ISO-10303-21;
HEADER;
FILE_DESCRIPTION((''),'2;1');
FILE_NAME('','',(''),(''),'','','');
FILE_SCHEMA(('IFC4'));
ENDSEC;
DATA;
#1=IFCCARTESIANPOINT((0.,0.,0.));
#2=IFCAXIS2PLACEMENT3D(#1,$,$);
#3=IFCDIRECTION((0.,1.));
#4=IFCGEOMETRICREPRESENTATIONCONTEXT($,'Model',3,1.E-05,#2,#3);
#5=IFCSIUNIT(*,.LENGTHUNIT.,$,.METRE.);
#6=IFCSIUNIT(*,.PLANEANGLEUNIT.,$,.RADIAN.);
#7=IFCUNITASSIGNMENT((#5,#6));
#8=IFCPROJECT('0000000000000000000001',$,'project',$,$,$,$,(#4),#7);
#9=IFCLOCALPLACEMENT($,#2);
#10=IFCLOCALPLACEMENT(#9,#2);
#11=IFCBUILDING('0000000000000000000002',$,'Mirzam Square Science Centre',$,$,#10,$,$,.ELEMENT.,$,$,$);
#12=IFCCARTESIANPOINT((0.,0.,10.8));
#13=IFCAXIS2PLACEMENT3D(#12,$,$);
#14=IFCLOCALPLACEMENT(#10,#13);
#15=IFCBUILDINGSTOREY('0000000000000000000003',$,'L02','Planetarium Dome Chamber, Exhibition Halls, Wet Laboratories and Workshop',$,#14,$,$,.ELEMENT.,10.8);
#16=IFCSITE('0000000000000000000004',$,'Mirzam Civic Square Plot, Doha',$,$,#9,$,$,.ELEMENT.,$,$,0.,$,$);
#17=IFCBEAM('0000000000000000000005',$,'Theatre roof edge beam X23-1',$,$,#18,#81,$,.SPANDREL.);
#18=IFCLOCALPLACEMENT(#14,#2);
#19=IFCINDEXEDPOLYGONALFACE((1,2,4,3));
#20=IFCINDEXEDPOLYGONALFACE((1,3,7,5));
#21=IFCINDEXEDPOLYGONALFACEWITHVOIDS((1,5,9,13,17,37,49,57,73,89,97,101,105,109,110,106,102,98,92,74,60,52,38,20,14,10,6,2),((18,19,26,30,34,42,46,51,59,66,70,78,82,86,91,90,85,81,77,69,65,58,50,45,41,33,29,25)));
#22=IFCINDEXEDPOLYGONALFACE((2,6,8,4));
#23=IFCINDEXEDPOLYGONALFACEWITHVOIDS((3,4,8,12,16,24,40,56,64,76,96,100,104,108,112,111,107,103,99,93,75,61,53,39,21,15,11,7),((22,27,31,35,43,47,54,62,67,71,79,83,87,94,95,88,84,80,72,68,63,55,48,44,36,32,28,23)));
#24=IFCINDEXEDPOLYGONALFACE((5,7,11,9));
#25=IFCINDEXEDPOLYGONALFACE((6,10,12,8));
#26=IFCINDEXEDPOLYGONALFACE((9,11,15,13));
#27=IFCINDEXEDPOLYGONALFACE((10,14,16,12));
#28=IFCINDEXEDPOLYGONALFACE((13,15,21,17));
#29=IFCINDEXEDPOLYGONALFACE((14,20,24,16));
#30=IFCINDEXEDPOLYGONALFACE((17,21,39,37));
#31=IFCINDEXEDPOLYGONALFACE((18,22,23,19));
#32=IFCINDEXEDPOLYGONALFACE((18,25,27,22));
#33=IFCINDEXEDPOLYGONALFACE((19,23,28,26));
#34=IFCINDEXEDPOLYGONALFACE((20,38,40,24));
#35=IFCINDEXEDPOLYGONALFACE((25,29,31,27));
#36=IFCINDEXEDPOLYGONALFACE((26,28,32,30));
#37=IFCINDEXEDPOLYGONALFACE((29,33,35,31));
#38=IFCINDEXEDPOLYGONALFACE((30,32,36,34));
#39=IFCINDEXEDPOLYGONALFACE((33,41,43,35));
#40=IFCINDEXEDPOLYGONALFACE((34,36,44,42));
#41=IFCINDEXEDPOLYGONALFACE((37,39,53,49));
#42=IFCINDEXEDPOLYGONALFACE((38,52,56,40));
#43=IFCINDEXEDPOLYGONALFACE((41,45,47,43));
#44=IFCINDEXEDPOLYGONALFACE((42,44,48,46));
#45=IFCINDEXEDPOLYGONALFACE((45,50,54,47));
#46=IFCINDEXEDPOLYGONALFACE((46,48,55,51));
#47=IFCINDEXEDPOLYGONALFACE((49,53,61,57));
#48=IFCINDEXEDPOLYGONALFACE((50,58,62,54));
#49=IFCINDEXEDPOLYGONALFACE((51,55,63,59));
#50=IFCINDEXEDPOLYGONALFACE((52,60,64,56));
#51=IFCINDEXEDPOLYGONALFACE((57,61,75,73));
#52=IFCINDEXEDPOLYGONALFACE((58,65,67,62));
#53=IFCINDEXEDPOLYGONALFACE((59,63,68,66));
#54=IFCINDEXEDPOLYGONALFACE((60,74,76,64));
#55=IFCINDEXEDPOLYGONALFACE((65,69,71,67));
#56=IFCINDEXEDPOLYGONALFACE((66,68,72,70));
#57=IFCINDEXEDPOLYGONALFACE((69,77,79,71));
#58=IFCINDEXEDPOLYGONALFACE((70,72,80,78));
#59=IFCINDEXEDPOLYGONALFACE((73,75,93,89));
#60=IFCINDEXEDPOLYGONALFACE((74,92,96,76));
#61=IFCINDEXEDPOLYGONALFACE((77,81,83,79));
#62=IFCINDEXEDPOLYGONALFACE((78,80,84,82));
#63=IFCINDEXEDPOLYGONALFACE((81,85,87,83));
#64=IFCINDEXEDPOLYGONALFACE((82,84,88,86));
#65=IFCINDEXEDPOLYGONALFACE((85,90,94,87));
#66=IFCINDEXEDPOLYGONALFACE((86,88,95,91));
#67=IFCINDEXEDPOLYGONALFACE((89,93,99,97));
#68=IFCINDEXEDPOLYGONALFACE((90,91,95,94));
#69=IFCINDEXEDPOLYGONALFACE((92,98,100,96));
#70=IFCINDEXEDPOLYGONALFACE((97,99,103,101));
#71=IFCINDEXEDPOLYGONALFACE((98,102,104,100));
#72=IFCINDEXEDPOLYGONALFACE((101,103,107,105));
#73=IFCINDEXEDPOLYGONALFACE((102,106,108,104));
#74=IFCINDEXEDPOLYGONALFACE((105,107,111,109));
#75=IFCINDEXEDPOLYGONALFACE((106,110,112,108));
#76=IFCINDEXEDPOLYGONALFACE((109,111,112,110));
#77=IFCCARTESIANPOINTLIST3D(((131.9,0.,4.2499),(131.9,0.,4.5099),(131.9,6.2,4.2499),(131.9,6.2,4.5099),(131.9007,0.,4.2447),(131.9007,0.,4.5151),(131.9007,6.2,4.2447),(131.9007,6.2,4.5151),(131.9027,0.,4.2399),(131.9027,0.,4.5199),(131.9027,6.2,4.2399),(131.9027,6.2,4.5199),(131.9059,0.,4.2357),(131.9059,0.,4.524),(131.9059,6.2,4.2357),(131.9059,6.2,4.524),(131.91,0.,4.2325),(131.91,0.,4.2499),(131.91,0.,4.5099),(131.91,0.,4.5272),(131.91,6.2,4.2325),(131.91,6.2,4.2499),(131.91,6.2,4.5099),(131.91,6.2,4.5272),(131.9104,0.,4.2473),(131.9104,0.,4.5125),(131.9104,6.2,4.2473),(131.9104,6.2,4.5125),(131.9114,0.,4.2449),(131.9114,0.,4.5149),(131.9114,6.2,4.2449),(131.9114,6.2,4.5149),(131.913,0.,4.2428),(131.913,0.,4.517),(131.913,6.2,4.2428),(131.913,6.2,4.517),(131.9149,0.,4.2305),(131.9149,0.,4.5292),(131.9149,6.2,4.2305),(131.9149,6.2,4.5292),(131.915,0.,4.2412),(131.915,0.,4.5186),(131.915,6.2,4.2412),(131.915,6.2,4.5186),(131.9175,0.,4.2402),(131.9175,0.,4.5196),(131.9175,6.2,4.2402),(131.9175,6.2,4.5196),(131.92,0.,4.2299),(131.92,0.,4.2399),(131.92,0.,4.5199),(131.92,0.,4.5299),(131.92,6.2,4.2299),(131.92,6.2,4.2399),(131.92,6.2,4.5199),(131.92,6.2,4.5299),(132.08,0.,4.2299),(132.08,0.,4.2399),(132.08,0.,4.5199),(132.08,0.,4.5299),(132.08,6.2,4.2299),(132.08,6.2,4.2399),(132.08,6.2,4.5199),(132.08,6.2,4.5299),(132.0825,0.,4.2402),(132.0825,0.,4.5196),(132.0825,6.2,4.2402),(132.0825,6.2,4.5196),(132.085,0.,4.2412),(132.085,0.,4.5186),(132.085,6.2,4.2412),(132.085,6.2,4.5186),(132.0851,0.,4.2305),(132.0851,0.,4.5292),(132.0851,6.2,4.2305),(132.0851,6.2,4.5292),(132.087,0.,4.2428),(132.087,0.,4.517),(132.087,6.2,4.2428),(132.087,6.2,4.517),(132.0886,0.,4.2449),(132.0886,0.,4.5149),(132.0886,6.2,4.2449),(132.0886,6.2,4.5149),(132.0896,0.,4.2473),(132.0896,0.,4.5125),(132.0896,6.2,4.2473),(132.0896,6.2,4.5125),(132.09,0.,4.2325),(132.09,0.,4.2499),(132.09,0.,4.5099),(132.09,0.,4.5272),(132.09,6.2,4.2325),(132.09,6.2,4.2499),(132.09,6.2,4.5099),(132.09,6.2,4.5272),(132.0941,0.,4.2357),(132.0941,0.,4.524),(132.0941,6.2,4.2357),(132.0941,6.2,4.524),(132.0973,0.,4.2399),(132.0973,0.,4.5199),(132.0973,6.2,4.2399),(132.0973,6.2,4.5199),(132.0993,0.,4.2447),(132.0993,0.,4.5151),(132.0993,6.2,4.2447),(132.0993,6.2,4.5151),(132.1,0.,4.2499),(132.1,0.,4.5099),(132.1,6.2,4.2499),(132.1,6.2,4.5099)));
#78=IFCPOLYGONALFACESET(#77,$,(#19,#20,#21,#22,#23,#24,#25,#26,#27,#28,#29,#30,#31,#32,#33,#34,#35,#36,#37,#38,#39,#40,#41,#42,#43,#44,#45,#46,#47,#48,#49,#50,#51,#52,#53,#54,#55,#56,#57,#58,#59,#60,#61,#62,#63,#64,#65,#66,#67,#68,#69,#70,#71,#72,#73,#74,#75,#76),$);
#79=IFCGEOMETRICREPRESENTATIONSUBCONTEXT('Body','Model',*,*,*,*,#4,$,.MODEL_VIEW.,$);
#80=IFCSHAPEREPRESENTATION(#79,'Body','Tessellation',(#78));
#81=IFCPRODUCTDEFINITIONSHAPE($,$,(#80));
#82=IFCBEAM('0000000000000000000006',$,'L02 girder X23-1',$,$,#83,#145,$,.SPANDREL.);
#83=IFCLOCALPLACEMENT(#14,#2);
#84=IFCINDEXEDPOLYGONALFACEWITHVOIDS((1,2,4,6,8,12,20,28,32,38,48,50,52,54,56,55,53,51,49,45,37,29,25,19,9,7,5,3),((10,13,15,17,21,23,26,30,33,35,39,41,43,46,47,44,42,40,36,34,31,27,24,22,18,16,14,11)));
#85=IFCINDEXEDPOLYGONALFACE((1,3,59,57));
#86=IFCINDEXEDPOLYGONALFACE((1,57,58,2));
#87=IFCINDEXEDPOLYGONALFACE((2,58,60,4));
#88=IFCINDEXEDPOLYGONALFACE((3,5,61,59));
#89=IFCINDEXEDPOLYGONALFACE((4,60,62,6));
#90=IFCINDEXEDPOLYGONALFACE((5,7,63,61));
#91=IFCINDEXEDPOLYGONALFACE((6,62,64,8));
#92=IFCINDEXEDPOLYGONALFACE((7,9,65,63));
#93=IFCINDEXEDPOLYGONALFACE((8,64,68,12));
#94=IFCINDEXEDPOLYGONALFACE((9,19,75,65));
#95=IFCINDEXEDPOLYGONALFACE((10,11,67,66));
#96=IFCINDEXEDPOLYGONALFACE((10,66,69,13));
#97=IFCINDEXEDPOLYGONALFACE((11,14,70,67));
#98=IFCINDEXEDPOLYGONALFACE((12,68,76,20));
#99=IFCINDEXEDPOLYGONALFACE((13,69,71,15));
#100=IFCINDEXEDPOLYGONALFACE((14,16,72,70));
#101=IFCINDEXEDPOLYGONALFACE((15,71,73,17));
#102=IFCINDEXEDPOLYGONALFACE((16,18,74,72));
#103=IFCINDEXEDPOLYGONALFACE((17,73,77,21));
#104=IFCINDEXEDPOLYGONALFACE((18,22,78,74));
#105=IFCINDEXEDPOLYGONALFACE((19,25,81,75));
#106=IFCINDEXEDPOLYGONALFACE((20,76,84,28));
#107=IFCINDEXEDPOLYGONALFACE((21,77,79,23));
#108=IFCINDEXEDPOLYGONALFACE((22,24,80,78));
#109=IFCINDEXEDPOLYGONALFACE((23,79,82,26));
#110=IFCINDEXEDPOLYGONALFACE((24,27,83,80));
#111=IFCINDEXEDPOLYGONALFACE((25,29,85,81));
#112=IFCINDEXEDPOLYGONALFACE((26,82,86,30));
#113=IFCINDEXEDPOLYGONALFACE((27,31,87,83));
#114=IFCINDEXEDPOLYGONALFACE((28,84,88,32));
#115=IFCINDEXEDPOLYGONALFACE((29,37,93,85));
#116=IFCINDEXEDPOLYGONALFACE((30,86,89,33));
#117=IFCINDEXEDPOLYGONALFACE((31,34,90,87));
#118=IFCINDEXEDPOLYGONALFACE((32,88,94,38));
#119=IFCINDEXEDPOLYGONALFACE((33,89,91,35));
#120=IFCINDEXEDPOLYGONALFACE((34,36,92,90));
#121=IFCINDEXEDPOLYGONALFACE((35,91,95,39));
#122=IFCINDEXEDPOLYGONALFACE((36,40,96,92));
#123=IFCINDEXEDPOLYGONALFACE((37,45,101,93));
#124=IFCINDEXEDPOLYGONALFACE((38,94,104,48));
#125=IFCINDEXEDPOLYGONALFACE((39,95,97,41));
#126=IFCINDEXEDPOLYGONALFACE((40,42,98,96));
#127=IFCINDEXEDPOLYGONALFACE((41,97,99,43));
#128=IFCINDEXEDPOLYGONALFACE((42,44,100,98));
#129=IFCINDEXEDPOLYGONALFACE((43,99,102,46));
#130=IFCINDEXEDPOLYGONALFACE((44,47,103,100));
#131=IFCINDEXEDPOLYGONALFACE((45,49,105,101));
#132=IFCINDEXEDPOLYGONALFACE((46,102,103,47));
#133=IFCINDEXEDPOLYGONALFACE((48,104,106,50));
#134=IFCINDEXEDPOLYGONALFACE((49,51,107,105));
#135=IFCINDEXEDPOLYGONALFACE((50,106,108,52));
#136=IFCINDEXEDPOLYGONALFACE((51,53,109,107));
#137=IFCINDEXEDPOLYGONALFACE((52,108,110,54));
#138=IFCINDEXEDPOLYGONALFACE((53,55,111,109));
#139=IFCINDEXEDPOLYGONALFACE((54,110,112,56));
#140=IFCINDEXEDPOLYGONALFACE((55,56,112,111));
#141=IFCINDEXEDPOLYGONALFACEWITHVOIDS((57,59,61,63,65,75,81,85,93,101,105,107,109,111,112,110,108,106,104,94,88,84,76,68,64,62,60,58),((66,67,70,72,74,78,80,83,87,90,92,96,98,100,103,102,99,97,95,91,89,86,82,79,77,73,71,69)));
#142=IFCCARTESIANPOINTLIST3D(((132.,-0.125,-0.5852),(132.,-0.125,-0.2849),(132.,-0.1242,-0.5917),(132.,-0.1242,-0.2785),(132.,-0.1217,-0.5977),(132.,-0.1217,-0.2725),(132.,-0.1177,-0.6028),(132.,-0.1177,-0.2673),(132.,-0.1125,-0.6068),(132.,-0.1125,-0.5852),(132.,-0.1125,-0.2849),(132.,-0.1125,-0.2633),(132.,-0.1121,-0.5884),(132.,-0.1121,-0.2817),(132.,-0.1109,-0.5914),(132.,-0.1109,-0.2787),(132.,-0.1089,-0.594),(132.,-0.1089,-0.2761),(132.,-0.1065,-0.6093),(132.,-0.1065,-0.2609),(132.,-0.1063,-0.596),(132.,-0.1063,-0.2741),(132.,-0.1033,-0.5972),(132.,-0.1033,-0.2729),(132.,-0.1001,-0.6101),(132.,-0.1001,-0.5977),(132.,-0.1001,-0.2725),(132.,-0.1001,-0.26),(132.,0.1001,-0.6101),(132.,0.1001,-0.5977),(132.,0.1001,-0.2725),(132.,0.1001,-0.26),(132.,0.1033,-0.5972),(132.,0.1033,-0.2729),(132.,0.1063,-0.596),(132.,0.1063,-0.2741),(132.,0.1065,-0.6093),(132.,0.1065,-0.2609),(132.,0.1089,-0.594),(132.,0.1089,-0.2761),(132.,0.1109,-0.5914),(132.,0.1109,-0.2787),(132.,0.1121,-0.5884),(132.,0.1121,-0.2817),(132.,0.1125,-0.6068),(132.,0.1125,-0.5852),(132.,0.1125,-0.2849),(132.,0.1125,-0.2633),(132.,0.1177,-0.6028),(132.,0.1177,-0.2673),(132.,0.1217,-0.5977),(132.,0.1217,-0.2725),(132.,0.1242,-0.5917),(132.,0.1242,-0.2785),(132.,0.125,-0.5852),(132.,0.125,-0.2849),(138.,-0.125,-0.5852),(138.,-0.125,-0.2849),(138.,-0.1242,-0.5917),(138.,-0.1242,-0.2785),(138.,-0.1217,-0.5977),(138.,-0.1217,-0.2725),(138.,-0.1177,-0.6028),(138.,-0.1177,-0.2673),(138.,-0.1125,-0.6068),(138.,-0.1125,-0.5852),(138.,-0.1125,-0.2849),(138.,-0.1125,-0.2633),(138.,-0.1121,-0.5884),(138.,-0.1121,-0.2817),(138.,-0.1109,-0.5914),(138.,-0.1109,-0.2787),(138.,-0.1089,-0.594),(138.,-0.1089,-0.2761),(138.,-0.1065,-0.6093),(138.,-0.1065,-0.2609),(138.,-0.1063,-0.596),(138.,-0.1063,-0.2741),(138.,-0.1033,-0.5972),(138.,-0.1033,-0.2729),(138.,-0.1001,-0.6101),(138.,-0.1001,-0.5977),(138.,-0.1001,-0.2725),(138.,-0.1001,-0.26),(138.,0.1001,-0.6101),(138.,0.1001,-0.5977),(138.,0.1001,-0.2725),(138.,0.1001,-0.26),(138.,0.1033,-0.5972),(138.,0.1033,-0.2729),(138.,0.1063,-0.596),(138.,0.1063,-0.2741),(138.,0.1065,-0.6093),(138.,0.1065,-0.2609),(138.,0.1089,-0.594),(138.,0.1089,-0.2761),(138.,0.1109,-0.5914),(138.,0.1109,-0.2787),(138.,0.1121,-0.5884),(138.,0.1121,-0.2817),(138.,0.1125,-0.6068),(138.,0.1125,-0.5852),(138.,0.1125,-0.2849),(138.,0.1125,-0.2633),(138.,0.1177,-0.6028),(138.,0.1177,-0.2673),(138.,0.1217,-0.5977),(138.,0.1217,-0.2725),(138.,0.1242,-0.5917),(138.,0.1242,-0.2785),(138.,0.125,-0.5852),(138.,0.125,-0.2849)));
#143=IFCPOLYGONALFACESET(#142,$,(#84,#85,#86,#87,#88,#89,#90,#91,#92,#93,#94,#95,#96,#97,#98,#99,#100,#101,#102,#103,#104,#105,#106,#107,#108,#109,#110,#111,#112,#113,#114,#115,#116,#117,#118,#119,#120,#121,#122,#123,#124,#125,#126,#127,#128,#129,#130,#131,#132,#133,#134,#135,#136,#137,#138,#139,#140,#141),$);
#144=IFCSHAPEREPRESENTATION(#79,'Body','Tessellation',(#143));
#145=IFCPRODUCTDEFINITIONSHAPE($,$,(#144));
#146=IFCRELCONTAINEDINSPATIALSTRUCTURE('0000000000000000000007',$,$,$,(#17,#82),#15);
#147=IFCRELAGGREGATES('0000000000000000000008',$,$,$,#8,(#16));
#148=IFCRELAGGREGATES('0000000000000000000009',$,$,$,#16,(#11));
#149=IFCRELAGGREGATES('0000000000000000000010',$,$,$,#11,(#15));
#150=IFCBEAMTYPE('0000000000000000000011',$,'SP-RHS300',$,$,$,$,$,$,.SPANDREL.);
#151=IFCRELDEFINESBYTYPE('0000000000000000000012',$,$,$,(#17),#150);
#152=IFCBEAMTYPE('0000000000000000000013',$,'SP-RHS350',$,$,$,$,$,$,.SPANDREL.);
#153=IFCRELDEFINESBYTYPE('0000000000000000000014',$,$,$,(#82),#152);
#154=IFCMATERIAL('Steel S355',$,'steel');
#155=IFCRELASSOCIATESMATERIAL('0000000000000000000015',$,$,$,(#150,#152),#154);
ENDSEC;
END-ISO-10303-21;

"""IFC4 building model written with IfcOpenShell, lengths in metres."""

from ifc_helpers import new_model, si_unit, direction, frame, origin, origin_2d, place, context, subcontext, project, spatial, hollow_rectangle, extrude, material, material_profile, profile_set, type_object, element, save


model = new_model("IFC4")

# Units and contexts
model_context = context("Model", 3, precision=1e-05, world=origin(), true_north=direction((0.0, 1.0)))
body_context = subcontext(model_context, "Body", "Model", "MODEL_VIEW")
ifc_project = project(units=[si_unit("LENGTHUNIT", "METRE"), si_unit("PLANEANGLEUNIT", "RADIAN")], contexts=[model_context])

# Site, building, storey
site_placement = place(None, origin())
site = spatial("IfcSite", under=ifc_project, at=site_placement, Name="Mirzam Civic Square Plot, Doha", CompositionType="ELEMENT", RefElevation=0.0)
building_placement = place(site_placement, origin())
building = spatial("IfcBuilding", under=site, at=building_placement, Name="Mirzam Square Science Centre", CompositionType="ELEMENT")
storey_placement = place(building_placement, frame((0.0, 0.0, 10.8)))
storey = spatial("IfcBuildingStorey", under=building, at=storey_placement, Name="L02", Description="Planetarium Dome Chamber, Exhibition Halls, Wet Laboratories and Workshop", CompositionType="ELEMENT", Elevation=10.8)

# Shared definitions
ifc_material_1 = material(Name="Steel S355", Category="steel")

# Beams
ifc_material_profile_1 = material_profile(ifc_material_1, hollow_rectangle(XDim=0.2, YDim=0.3, WallThickness=0.01, InnerFilletRadius=0.01, OuterFilletRadius=0.02, at=origin_2d()), Name="300x200x10.0RHS")
ifc_profile_set_1 = profile_set([ifc_material_profile_1], Name="Steel S355")
beam_type_1 = type_object("IfcBeamType", Name="SP-RHS300", PredefinedType="SPANDREL", material=ifc_profile_set_1)
beam_1_placement = place(storey_placement, frame((132.0, 0.0, 4.3799), z_axis=(0.0, 1.0, 0.0), x_axis=(-1.0, 0.0, 0.0)))
element("IfcBeam", 1, at=beam_1_placement, inside=storey, type_object=beam_type_1, Name="Theatre roof edge beam X23-1", PredefinedType="SPANDREL", context=body_context, shape_type="SweptSolid", body=[
    extrude(hollow_rectangle(XDim=0.2, YDim=0.3, WallThickness=0.01, InnerFilletRadius=0.01, OuterFilletRadius=0.02, at=origin_2d()), origin(), (0.0, 0.0, 1.0), 6.2),
])
ifc_material_profile_2 = material_profile(ifc_material_1, hollow_rectangle(XDim=0.25, YDim=0.3501, WallThickness=0.0125, InnerFilletRadius=0.0125, OuterFilletRadius=0.0249, at=origin_2d()), Name="350x250x12.5RHS")
ifc_profile_set_2 = profile_set([ifc_material_profile_2], Name="Steel S355")
beam_type_2 = type_object("IfcBeamType", Name="SP-RHS350", PredefinedType="SPANDREL", material=ifc_profile_set_2)
for number, where, z_axis, x_axis, name in (
    (2, (132.0, 0.0, -0.4351), (1.0, 0.0, 0.0), (0.0, 1.0, 0.0), "L02 girder X23-1"),
):
    element("IfcBeam", number, at=place(storey_placement, frame(where, z_axis=z_axis, x_axis=x_axis)), inside=storey, type_object=beam_type_2, Name=name, PredefinedType="SPANDREL", context=body_context, shape_type="SweptSolid", body=[
        extrude(hollow_rectangle(XDim=0.25, YDim=0.3501, WallThickness=0.0125, InnerFilletRadius=0.0125, OuterFilletRadius=0.0249, at=origin_2d()), origin(), (0.0, 0.0, 1.0), 6.0),
    ])

save(model, "model.ifc")
